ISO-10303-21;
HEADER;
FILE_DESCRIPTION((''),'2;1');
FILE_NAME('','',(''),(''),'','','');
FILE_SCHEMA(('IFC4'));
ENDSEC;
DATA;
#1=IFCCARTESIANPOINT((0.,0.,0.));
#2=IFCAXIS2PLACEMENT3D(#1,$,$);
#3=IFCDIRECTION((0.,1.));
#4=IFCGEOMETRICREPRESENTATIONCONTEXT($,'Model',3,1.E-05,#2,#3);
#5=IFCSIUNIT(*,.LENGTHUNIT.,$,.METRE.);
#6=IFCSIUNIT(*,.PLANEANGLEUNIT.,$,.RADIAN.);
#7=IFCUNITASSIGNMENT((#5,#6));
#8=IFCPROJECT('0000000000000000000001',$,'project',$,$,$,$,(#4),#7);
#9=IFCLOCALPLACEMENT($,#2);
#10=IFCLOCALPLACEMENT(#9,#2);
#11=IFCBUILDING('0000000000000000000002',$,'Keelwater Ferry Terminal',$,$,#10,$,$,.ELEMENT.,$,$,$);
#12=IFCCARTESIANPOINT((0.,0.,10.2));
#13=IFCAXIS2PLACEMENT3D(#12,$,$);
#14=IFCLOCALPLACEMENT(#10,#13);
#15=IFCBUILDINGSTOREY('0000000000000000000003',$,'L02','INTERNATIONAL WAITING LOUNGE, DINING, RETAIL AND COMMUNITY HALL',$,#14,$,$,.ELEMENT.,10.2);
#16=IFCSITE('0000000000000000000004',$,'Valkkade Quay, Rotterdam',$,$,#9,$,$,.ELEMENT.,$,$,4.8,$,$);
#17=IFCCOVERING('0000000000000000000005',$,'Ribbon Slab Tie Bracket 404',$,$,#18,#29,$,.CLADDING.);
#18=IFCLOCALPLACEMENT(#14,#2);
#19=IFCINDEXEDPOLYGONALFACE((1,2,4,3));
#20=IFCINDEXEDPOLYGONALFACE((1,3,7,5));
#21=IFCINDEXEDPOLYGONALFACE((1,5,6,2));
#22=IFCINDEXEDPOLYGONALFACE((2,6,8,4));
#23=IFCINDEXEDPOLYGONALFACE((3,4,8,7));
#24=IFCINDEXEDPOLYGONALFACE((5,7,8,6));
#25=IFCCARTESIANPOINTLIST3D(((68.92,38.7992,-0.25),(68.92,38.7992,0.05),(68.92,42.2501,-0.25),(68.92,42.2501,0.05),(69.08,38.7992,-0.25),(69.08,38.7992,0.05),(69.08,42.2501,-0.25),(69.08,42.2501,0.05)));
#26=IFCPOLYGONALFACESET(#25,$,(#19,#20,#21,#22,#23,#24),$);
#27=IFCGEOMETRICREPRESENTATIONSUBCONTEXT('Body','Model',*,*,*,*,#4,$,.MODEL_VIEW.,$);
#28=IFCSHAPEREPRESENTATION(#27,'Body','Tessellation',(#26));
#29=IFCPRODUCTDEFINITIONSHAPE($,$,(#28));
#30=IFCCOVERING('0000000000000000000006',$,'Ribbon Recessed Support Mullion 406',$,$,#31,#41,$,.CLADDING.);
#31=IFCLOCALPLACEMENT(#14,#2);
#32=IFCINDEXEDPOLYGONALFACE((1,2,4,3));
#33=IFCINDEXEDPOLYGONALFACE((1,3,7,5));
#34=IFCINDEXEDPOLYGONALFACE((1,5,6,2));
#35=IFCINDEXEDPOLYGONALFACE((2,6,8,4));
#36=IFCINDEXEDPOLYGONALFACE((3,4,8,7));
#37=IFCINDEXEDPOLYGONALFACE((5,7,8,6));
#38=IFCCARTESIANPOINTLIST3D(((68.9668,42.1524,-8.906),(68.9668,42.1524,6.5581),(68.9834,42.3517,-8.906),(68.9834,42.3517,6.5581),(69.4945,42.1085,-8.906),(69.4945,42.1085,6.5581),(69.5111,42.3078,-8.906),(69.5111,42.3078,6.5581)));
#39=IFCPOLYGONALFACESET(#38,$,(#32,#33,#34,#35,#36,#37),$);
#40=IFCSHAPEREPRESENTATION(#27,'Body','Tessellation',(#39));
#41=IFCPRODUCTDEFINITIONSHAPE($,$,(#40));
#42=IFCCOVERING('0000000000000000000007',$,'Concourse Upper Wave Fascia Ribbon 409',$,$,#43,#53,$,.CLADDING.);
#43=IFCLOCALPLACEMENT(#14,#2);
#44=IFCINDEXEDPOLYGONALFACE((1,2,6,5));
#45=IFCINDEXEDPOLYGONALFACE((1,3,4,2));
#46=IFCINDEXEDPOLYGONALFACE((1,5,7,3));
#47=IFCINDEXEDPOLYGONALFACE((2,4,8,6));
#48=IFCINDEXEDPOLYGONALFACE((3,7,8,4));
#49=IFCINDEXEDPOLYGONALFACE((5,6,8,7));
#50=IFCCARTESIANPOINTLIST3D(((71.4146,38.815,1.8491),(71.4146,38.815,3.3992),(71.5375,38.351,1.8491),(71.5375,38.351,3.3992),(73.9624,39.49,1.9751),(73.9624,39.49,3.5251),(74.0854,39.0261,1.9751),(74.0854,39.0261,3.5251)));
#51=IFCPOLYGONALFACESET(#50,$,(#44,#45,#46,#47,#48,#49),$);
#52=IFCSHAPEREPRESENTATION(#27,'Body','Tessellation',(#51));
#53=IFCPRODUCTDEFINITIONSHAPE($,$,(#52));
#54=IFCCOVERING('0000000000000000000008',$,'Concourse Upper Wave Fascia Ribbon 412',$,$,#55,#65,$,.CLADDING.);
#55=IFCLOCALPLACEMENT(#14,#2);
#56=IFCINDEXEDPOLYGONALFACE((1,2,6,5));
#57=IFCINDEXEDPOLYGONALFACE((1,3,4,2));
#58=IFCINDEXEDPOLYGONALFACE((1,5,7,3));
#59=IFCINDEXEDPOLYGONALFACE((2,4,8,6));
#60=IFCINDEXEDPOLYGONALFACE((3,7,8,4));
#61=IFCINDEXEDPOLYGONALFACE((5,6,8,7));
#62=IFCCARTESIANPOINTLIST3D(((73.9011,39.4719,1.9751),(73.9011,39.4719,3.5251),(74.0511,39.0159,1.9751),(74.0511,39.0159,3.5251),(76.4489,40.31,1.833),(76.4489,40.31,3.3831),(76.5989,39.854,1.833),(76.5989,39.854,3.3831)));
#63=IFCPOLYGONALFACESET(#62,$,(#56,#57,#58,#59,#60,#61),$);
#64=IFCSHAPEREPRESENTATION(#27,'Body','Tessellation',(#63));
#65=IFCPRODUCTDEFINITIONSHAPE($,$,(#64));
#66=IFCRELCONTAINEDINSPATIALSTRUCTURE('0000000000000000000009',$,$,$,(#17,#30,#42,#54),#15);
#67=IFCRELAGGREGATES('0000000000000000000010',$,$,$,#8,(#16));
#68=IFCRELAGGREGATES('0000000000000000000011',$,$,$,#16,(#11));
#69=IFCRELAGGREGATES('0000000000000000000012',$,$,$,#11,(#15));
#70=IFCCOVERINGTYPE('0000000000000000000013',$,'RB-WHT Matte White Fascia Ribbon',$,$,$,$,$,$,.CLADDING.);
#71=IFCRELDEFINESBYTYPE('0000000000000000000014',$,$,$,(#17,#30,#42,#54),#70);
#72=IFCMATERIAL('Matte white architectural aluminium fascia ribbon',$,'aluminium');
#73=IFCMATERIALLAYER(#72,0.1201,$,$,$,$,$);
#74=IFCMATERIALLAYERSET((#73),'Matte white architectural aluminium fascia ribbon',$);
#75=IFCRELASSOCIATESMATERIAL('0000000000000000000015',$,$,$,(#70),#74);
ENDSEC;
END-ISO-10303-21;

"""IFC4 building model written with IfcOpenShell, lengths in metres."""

from ifc_helpers import new_model, si_unit, direction, frame, frame_2d, origin, place, context, subcontext, project, spatial, polyline, rectangle, outline, extrude, material, layer, layer_set, type_object, element, save


model = new_model("IFC4")

# Units and contexts
model_context = context("Model", 3, precision=1e-05, world=origin(), true_north=direction((0.0, 1.0)))
body_context = subcontext(model_context, "Body", "Model", "MODEL_VIEW")
ifc_project = project(units=[si_unit("LENGTHUNIT", "METRE"), si_unit("PLANEANGLEUNIT", "RADIAN")], contexts=[model_context])

# Site, building, storey
site_placement = place(None, origin())
site = spatial("IfcSite", under=ifc_project, at=site_placement, Name="Valkkade Quay, Rotterdam", CompositionType="ELEMENT", RefElevation=4.8)
building_placement = place(site_placement, origin())
building = spatial("IfcBuilding", under=site, at=building_placement, Name="Keelwater Ferry Terminal", CompositionType="ELEMENT")
storey_placement = place(building_placement, frame((0.0, 0.0, 10.2)))
storey = spatial("IfcBuildingStorey", under=building, at=storey_placement, Name="L02", Description="INTERNATIONAL WAITING LOUNGE, DINING, RETAIL AND COMMUNITY HALL", CompositionType="ELEMENT", Elevation=10.2)

# Coverings
ifc_material_1 = material(Name="Matte white architectural aluminium fascia ribbon", Category="aluminium")
ifc_layer_1 = layer(ifc_material_1, 0.1201)
ifc_layer_set_1 = layer_set([ifc_layer_1], Name="Matte white architectural aluminium fascia ribbon")
covering_type = type_object("IfcCoveringType", Name="RB-WHT Matte White Fascia Ribbon", PredefinedType="CLADDING", material=ifc_layer_set_1)
covering_1_placement = place(storey_placement, frame((69.0, 38.7991, -0.25), z_axis=(0.0, 0.0, 1.0), x_axis=(0.0, 1.0, 0.0)))
element("IfcCovering", 1, at=covering_1_placement, inside=storey, type_object=covering_type, Name="Ribbon Slab Tie Bracket 404", PredefinedType="CLADDING", context=body_context, shape_type="SweptSolid", body=[
    extrude(rectangle(XDim=3.4509, YDim=0.1599, at=frame_2d((1.7256, 0.0))), origin(), (0.0, 0.0, 1.0), 0.3),
])
covering_2_placement = place(storey_placement, frame((68.9751, 42.252, -8.906), z_axis=(0.0, 0.0, 1.0), x_axis=(0.996552, -0.082969, 0.0)))
element("IfcCovering", 2, at=covering_2_placement, inside=storey, type_object=covering_type, Name="Ribbon Recessed Support Mullion 406", PredefinedType="CLADDING", context=body_context, shape_type="SweptSolid", body=[
    extrude(outline(polyline([(0.0, 0.0), (0.5295, 0.0), (0.5295, 15.4641), (0.0, 15.4641), (0.0, 0.0)])), frame((0.0, 0.1001, 0.0), z_axis=(0.0, -1.0, 0.0), x_axis=(1.0, 0.0, 0.0)), (0.0, 0.0, 1.0), 0.2),
])
covering_3_placement = place(storey_placement, frame((71.4761, 38.583, 1.8491), z_axis=(0.0, 0.0, 1.0), x_axis=(0.966647, 0.256112, 0.0)))
element("IfcCovering", 3, at=covering_3_placement, inside=storey, type_object=covering_type, Name="Concourse Upper Wave Fascia Ribbon 409", PredefinedType="CLADDING", context=body_context, shape_type="SweptSolid", body=[
    extrude(outline(polyline([(0.0, 0.0), (2.6357, 0.126), (2.6357, 1.676), (0.0, 1.55), (0.0, 0.0)])), frame((0.0, 0.24, 0.0), z_axis=(0.0, -1.0, 0.0), x_axis=(1.0, 0.0, 0.0)), (0.0, 0.0, 1.0), 0.48),
])
covering_4_placement = place(storey_placement, frame((73.9761, 39.2439, 1.833), z_axis=(0.0, 0.0, 1.0), x_axis=(0.949923, 0.312484, 0.0)))
element("IfcCovering", 4, at=covering_4_placement, inside=storey, type_object=covering_type, Name="Concourse Upper Wave Fascia Ribbon 412", PredefinedType="CLADDING", context=body_context, shape_type="SweptSolid", body=[
    extrude(outline(polyline([(0.0, 0.1421), (2.6821, 0.0), (2.6821, 1.55), (0.0, 1.6921), (0.0, 0.1421)])), frame((0.0, 0.24, 0.0), z_axis=(0.0, -1.0, 0.0), x_axis=(1.0, 0.0, 0.0)), (0.0, 0.0, 1.0), 0.48),
])

save(model, "model.ifc")
